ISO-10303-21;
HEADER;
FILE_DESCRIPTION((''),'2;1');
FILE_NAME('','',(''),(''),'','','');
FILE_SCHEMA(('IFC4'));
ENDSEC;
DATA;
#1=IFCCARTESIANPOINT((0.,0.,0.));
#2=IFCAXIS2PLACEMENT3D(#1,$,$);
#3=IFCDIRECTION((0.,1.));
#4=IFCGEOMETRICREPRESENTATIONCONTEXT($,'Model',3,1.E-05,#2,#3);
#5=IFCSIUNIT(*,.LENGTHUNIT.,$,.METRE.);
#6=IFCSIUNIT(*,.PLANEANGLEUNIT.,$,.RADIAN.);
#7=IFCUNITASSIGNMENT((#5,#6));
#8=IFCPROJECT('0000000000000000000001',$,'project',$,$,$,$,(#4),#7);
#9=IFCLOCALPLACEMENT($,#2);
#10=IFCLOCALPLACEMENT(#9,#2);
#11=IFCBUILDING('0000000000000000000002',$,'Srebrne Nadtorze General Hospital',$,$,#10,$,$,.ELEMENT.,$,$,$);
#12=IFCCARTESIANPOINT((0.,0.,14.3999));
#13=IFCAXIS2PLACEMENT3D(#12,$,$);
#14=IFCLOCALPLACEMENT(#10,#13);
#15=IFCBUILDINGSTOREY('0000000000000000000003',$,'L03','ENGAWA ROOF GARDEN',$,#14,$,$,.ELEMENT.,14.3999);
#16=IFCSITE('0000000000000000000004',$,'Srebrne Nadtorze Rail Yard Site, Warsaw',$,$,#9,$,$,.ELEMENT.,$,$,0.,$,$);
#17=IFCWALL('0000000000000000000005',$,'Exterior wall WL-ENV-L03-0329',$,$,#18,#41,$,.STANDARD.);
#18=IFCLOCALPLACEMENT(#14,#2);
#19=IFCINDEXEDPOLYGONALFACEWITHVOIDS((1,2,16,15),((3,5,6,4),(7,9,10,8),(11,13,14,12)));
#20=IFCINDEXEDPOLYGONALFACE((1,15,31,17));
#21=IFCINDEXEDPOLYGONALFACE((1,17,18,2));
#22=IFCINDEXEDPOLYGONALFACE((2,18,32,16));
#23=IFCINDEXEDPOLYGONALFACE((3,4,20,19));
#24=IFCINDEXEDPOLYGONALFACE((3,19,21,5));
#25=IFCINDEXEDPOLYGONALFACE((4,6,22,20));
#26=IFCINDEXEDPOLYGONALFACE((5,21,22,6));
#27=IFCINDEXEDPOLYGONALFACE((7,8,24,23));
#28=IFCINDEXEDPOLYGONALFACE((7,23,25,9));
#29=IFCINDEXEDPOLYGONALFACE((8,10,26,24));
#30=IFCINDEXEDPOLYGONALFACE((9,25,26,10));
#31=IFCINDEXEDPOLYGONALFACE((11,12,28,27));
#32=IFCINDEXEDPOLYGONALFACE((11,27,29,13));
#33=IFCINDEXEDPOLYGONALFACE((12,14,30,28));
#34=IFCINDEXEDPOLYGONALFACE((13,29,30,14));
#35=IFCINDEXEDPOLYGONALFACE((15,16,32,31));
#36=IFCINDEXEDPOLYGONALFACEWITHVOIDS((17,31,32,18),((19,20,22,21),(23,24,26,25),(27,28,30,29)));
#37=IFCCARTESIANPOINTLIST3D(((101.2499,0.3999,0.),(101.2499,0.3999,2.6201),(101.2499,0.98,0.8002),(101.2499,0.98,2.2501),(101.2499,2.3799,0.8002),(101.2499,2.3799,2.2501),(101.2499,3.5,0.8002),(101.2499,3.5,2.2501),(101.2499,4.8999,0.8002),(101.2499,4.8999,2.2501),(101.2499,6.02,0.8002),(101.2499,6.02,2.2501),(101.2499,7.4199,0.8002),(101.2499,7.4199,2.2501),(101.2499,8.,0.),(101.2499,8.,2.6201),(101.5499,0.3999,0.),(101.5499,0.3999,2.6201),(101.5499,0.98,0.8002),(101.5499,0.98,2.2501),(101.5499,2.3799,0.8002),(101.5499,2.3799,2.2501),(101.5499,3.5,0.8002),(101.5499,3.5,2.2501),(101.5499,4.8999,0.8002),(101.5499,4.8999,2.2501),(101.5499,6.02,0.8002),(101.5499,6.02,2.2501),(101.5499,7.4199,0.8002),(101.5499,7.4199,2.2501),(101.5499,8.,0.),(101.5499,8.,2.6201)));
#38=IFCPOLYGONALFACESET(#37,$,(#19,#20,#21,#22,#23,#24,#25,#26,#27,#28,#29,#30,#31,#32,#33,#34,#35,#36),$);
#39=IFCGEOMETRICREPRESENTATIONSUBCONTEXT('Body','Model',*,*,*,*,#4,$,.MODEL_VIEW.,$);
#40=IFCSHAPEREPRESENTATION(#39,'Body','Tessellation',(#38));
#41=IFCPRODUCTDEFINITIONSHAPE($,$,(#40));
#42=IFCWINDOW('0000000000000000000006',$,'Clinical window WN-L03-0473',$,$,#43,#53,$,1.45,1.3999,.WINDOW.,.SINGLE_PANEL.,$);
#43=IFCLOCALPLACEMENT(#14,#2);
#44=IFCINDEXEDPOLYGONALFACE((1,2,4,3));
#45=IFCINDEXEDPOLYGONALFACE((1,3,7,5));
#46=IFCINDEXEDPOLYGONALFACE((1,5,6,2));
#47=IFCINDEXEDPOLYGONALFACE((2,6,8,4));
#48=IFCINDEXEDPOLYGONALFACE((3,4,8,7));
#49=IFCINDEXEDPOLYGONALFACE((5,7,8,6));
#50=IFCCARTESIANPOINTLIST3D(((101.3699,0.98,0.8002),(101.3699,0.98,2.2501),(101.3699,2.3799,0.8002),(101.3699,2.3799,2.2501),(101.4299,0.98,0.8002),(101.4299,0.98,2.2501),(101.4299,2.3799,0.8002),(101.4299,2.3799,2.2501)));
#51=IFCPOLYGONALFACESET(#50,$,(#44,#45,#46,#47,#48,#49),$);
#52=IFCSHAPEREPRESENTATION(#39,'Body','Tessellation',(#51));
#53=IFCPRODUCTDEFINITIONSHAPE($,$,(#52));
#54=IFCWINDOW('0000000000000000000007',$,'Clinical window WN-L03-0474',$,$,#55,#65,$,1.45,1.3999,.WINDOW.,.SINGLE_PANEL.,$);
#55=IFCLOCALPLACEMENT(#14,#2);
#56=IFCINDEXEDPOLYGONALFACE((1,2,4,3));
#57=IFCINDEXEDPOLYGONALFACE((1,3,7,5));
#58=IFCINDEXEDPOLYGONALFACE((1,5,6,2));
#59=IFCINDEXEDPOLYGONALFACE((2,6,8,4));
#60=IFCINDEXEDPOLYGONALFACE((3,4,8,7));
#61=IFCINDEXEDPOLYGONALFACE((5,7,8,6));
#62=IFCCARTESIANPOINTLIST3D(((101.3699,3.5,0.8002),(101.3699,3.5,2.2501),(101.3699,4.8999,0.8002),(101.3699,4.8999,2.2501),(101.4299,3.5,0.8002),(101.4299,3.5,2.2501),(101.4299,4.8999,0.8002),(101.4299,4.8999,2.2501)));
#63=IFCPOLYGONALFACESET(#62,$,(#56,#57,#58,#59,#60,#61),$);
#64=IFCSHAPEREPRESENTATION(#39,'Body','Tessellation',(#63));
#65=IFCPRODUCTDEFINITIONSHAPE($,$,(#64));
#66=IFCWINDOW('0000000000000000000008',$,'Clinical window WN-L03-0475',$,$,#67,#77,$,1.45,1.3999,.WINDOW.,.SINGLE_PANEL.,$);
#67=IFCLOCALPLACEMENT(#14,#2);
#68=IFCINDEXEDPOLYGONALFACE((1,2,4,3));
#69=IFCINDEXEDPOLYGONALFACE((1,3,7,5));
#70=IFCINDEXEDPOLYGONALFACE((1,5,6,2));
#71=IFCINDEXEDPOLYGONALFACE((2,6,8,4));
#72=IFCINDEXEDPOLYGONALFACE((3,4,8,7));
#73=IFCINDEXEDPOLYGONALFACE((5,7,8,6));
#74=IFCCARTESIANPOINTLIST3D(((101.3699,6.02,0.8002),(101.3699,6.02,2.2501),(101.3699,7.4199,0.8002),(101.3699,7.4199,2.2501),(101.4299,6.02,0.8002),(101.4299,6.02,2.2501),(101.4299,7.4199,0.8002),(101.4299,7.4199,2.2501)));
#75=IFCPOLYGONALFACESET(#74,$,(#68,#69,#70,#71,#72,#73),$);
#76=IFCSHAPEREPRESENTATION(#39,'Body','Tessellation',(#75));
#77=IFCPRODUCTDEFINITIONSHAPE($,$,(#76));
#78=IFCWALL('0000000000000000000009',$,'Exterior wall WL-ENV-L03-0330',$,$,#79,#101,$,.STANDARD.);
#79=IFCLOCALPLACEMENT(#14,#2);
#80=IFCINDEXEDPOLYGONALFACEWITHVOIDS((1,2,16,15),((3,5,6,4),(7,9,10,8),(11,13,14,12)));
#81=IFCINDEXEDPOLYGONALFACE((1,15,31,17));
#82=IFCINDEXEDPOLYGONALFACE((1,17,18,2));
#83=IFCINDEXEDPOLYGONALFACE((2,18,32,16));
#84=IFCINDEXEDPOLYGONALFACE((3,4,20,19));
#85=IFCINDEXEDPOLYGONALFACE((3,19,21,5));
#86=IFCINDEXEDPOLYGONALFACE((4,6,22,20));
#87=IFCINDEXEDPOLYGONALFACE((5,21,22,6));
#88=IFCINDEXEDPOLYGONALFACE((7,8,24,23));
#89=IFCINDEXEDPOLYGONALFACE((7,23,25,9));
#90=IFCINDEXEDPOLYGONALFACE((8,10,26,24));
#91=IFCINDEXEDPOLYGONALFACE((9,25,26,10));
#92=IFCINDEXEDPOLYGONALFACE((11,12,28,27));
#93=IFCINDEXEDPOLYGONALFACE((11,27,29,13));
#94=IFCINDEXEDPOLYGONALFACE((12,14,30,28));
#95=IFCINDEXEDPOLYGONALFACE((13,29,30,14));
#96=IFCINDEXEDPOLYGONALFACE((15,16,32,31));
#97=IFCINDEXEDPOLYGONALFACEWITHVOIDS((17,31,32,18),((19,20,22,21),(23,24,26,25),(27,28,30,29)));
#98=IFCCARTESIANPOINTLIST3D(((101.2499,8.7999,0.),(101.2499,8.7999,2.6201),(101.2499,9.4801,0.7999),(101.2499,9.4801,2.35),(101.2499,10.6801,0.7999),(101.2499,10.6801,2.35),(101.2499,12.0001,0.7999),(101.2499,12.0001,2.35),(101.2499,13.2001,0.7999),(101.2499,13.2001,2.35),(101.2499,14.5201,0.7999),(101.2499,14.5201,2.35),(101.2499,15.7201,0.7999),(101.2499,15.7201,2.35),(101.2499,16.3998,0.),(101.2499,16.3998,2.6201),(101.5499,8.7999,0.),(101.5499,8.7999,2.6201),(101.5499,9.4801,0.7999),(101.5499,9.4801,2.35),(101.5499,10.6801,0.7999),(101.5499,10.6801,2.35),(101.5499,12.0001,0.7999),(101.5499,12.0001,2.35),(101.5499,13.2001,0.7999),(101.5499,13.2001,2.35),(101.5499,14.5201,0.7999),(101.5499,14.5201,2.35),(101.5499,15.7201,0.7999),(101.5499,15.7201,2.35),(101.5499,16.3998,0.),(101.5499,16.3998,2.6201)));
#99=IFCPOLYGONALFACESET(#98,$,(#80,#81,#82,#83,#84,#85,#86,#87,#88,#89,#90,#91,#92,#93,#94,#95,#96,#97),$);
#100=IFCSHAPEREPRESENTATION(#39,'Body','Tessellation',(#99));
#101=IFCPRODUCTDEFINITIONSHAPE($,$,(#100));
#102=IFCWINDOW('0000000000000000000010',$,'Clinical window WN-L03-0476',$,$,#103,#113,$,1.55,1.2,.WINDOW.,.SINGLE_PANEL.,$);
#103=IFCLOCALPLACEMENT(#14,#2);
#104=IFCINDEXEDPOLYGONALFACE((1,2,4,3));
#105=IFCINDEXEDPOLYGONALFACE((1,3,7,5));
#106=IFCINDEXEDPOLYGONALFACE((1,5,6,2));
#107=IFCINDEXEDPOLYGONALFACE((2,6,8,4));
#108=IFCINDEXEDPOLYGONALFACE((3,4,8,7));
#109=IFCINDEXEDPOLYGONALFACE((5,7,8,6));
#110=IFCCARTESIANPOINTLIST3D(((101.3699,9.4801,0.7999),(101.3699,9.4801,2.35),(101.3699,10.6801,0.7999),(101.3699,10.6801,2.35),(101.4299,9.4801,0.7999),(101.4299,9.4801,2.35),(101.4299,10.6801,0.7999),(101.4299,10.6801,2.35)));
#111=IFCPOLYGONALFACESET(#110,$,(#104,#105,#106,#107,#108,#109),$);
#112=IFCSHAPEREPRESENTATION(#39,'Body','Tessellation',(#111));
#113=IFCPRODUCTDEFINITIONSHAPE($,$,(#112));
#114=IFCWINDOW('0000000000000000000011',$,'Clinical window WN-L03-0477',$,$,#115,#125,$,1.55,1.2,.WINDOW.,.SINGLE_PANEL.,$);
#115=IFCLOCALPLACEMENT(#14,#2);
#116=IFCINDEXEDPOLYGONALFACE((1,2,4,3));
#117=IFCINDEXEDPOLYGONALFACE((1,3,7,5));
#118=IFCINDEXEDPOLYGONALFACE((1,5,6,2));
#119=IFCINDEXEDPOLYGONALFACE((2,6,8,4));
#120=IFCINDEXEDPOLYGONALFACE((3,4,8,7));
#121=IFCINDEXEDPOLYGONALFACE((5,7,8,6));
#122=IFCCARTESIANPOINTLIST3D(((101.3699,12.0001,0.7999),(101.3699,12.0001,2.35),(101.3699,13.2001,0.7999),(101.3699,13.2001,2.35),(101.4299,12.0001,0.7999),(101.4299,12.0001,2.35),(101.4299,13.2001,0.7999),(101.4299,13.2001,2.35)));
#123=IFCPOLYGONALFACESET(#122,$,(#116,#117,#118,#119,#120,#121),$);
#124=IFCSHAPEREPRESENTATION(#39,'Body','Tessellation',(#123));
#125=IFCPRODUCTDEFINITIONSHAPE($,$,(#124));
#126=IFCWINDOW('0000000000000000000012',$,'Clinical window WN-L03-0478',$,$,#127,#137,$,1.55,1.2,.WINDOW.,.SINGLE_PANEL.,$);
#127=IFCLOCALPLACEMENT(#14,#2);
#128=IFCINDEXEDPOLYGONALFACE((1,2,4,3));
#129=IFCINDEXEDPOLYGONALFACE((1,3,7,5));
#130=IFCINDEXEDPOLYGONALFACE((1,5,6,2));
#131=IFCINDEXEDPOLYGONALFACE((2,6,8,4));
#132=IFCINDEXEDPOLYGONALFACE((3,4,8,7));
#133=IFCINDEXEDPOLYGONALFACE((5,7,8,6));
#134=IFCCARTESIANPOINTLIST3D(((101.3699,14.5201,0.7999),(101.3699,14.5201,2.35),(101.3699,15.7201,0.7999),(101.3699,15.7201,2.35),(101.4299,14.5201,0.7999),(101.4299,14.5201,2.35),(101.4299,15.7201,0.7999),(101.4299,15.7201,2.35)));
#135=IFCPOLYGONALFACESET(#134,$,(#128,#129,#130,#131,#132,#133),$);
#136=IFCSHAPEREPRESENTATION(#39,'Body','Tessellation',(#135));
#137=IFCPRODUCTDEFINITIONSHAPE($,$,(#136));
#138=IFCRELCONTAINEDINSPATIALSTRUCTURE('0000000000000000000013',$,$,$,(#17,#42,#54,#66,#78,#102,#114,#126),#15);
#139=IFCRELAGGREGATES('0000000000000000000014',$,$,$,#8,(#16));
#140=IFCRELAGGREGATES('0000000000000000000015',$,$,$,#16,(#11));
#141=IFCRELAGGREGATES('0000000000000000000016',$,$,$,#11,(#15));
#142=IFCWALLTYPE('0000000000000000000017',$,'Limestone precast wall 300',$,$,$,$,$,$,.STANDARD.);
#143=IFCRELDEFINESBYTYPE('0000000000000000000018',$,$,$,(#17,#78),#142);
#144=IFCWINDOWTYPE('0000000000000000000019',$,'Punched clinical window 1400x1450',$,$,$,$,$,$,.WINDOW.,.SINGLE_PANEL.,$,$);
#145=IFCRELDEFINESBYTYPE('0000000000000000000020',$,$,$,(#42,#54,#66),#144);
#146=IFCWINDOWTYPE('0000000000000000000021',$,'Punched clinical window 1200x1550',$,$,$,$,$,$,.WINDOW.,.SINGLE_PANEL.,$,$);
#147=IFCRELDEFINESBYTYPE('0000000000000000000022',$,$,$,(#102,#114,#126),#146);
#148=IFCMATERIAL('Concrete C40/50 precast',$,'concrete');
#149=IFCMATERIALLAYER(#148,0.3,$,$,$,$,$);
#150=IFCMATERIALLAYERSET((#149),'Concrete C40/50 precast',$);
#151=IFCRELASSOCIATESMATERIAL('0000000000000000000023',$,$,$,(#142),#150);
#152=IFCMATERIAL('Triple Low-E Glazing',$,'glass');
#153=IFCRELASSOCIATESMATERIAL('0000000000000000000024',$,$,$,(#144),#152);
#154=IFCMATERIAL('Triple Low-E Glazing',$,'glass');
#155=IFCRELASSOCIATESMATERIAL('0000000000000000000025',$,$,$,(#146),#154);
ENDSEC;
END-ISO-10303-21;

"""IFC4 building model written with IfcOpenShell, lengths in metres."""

from ifc_helpers import new_model, si_unit, direction, frame, frame_2d, origin, place, context, subcontext, project, spatial, rectangle, extrude, material, layer, layer_set, type_object, element, fill, save


model = new_model("IFC4")

# Units and contexts
model_context = context("Model", 3, precision=1e-05, world=origin(), true_north=direction((0.0, 1.0)))
body_context = subcontext(model_context, "Body", "Model", "MODEL_VIEW")
ifc_project = project(units=[si_unit("LENGTHUNIT", "METRE"), si_unit("PLANEANGLEUNIT", "RADIAN")], contexts=[model_context])

# Site, building, storey
site_placement = place(None, origin())
site = spatial("IfcSite", under=ifc_project, at=site_placement, Name="Srebrne Nadtorze Rail Yard Site, Warsaw", CompositionType="ELEMENT", RefElevation=0.0)
building_placement = place(site_placement, origin())
building = spatial("IfcBuilding", under=site, at=building_placement, Name="Srebrne Nadtorze General Hospital", CompositionType="ELEMENT")
storey_placement = place(building_placement, frame((0.0, 0.0, 14.3999)))
storey = spatial("IfcBuildingStorey", under=building, at=storey_placement, Name="L03", Description="ENGAWA ROOF GARDEN", CompositionType="ELEMENT", Elevation=14.3999)

# Walls, openings, windows
ifc_material_1 = material(Name="Concrete C40/50 precast", Category="concrete")
ifc_layer_1 = layer(ifc_material_1, 0.3)
ifc_layer_set_1 = layer_set([ifc_layer_1], Name="Concrete C40/50 precast")
wall_type_1 = type_object("IfcWallType", Name="Limestone precast wall 300", PredefinedType="STANDARD", material=ifc_layer_set_1)
ifc_material_2 = material(Name="Triple Low-E Glazing", Category="glass")
window_type_1 = type_object("IfcWindowType", Name="Punched clinical window 1400x1450", PartitioningType="SINGLE_PANEL", PredefinedType="WINDOW", material=ifc_material_2)
wall_1_placement = place(storey_placement, frame((101.3999, 0.3999, 0.0), z_axis=(0.0, 0.0, 1.0), x_axis=(0.0, 1.0, 0.0)))
wall_1 = element("IfcWall", 1, at=wall_1_placement, inside=storey, type_object=wall_type_1, Name="Exterior wall WL-ENV-L03-0329", PredefinedType="STANDARD", context=body_context, shape_type="SweptSolid", body=[
    extrude(rectangle(XDim=7.6001, YDim=0.3, at=frame_2d((3.8, 0.0))), origin(), (0.0, 0.0, 1.0), 2.6201),
])
opening_1_placement = place(wall_1_placement, frame((0.5801, 0.0, 0.8)))
opening_1 = element("IfcOpeningElement", 2, at=opening_1_placement, cuts=wall_1, PredefinedType="OPENING", context=body_context, shape_type="SweptSolid", body=[
    extrude(rectangle(XDim=1.3999, YDim=1.45, at=frame_2d((0.7, 0.7251))), frame((0.0, 0.1621, 0.0), z_axis=(0.0, -1.0, 0.0), x_axis=(1.0, 0.0, 0.0)), (0.0, 0.0, 1.0), 0.324),
])
opening_2_placement = place(wall_1_placement, frame((3.1001, 0.0, 0.8)))
opening_2 = element("IfcOpeningElement", 3, at=opening_2_placement, cuts=wall_1, PredefinedType="OPENING", context=body_context, shape_type="SweptSolid", body=[
    extrude(rectangle(XDim=1.3999, YDim=1.45, at=frame_2d((0.7, 0.7251))), frame((0.0, 0.1621, 0.0), z_axis=(0.0, -1.0, 0.0), x_axis=(1.0, 0.0, 0.0)), (0.0, 0.0, 1.0), 0.324),
])
opening_3_placement = place(wall_1_placement, frame((5.6201, 0.0, 0.8)))
opening_3 = element("IfcOpeningElement", 4, at=opening_3_placement, cuts=wall_1, PredefinedType="OPENING", context=body_context, shape_type="SweptSolid", body=[
    extrude(rectangle(XDim=1.3999, YDim=1.45, at=frame_2d((0.7, 0.7251))), frame((0.0, 0.1621, 0.0), z_axis=(0.0, -1.0, 0.0), x_axis=(1.0, 0.0, 0.0)), (0.0, 0.0, 1.0), 0.324),
])
window_1_placement = place(opening_1_placement, origin())
window_1 = element("IfcWindow", 5, at=window_1_placement, inside=storey, type_object=window_type_1, Name="Clinical window WN-L03-0473", OverallHeight=1.45, OverallWidth=1.3999, PartitioningType="SINGLE_PANEL", PredefinedType="WINDOW", context=body_context, shape_type="SweptSolid", body=[
    extrude(rectangle(XDim=1.3999, YDim=1.45, at=frame_2d((0.7, 0.7251))), frame((0.0, 0.03, 0.0), z_axis=(0.0, -1.0, 0.0), x_axis=(1.0, 0.0, 0.0)), (0.0, 0.0, 1.0), 0.0601),
])
fill(opening_1, window_1)
window_2_placement = place(opening_2_placement, origin())
window_2 = element("IfcWindow", 6, at=window_2_placement, inside=storey, type_object=window_type_1, Name="Clinical window WN-L03-0474", OverallHeight=1.45, OverallWidth=1.3999, PartitioningType="SINGLE_PANEL", PredefinedType="WINDOW", context=body_context, shape_type="SweptSolid", body=[
    extrude(rectangle(XDim=1.3999, YDim=1.45, at=frame_2d((0.7, 0.7251))), frame((0.0, 0.03, 0.0), z_axis=(0.0, -1.0, 0.0), x_axis=(1.0, 0.0, 0.0)), (0.0, 0.0, 1.0), 0.0601),
])
fill(opening_2, window_2)
window_3_placement = place(opening_3_placement, origin())
window_3 = element("IfcWindow", 7, at=window_3_placement, inside=storey, type_object=window_type_1, Name="Clinical window WN-L03-0475", OverallHeight=1.45, OverallWidth=1.3999, PartitioningType="SINGLE_PANEL", PredefinedType="WINDOW", context=body_context, shape_type="SweptSolid", body=[
    extrude(rectangle(XDim=1.3999, YDim=1.45, at=frame_2d((0.7, 0.7251))), frame((0.0, 0.03, 0.0), z_axis=(0.0, -1.0, 0.0), x_axis=(1.0, 0.0, 0.0)), (0.0, 0.0, 1.0), 0.0601),
])
fill(opening_3, window_3)
wall_2_placement = place(storey_placement, frame((101.3999, 8.8, 0.0), z_axis=(0.0, 0.0, 1.0), x_axis=(0.0, 1.0, 0.0)))
wall_2 = element("IfcWall", 8, at=wall_2_placement, inside=storey, type_object=wall_type_1, Name="Exterior wall WL-ENV-L03-0330", PredefinedType="STANDARD", context=body_context, shape_type="SweptSolid", body=[
    extrude(rectangle(XDim=7.5999, YDim=0.3, at=frame_2d((3.7998, 0.0))), origin(), (0.0, 0.0, 1.0), 2.6201),
])
opening_4_placement = place(wall_2_placement, frame((0.6799, 0.0, 0.8)))
opening_4 = element("IfcOpeningElement", 9, at=opening_4_placement, cuts=wall_2, PredefinedType="OPENING", context=body_context, shape_type="SweptSolid", body=[
    extrude(rectangle(XDim=1.2, YDim=1.55, at=frame_2d((0.6001, 0.7749))), frame((0.0, 0.1621, 0.0), z_axis=(0.0, -1.0, 0.0), x_axis=(1.0, 0.0, 0.0)), (0.0, 0.0, 1.0), 0.324),
])
opening_5_placement = place(wall_2_placement, frame((3.2, 0.0, 0.8)))
opening_5 = element("IfcOpeningElement", 10, at=opening_5_placement, cuts=wall_2, PredefinedType="OPENING", context=body_context, shape_type="SweptSolid", body=[
    extrude(rectangle(XDim=1.2, YDim=1.55, at=frame_2d((0.6001, 0.7749))), frame((0.0, 0.1621, 0.0), z_axis=(0.0, -1.0, 0.0), x_axis=(1.0, 0.0, 0.0)), (0.0, 0.0, 1.0), 0.324),
])
opening_6_placement = place(wall_2_placement, frame((5.72, 0.0, 0.8)))
opening_6 = element("IfcOpeningElement", 11, at=opening_6_placement, cuts=wall_2, PredefinedType="OPENING", context=body_context, shape_type="SweptSolid", body=[
    extrude(rectangle(XDim=1.2, YDim=1.55, at=frame_2d((0.6001, 0.7749))), frame((0.0, 0.1621, 0.0), z_axis=(0.0, -1.0, 0.0), x_axis=(1.0, 0.0, 0.0)), (0.0, 0.0, 1.0), 0.324),
])
ifc_material_3 = material(Name="Triple Low-E Glazing", Category="glass")
window_type_2 = type_object("IfcWindowType", Name="Punched clinical window 1200x1550", PartitioningType="SINGLE_PANEL", PredefinedType="WINDOW", material=ifc_material_3)
window_4_placement = place(opening_4_placement, origin())
window_4 = element("IfcWindow", 12, at=window_4_placement, inside=storey, type_object=window_type_2, Name="Clinical window WN-L03-0476", OverallHeight=1.55, OverallWidth=1.2, PartitioningType="SINGLE_PANEL", PredefinedType="WINDOW", context=body_context, shape_type="SweptSolid", body=[
    extrude(rectangle(XDim=1.2, YDim=1.55, at=frame_2d((0.6001, 0.7749))), frame((0.0, 0.03, 0.0), z_axis=(0.0, -1.0, 0.0), x_axis=(1.0, 0.0, 0.0)), (0.0, 0.0, 1.0), 0.0601),
])
fill(opening_4, window_4)
window_5_placement = place(opening_5_placement, origin())
window_5 = element("IfcWindow", 13, at=window_5_placement, inside=storey, type_object=window_type_2, Name="Clinical window WN-L03-0477", OverallHeight=1.55, OverallWidth=1.2, PartitioningType="SINGLE_PANEL", PredefinedType="WINDOW", context=body_context, shape_type="SweptSolid", body=[
    extrude(rectangle(XDim=1.2, YDim=1.55, at=frame_2d((0.6001, 0.7749))), frame((0.0, 0.03, 0.0), z_axis=(0.0, -1.0, 0.0), x_axis=(1.0, 0.0, 0.0)), (0.0, 0.0, 1.0), 0.0601),
])
fill(opening_5, window_5)
window_6_placement = place(opening_6_placement, origin())
window_6 = element("IfcWindow", 14, at=window_6_placement, inside=storey, type_object=window_type_2, Name="Clinical window WN-L03-0478", OverallHeight=1.55, OverallWidth=1.2, PartitioningType="SINGLE_PANEL", PredefinedType="WINDOW", context=body_context, shape_type="SweptSolid", body=[
    extrude(rectangle(XDim=1.2, YDim=1.55, at=frame_2d((0.6001, 0.7749))), frame((0.0, 0.03, 0.0), z_axis=(0.0, -1.0, 0.0), x_axis=(1.0, 0.0, 0.0)), (0.0, 0.0, 1.0), 0.0601),
])
fill(opening_6, window_6)

save(model, "model.ifc")
